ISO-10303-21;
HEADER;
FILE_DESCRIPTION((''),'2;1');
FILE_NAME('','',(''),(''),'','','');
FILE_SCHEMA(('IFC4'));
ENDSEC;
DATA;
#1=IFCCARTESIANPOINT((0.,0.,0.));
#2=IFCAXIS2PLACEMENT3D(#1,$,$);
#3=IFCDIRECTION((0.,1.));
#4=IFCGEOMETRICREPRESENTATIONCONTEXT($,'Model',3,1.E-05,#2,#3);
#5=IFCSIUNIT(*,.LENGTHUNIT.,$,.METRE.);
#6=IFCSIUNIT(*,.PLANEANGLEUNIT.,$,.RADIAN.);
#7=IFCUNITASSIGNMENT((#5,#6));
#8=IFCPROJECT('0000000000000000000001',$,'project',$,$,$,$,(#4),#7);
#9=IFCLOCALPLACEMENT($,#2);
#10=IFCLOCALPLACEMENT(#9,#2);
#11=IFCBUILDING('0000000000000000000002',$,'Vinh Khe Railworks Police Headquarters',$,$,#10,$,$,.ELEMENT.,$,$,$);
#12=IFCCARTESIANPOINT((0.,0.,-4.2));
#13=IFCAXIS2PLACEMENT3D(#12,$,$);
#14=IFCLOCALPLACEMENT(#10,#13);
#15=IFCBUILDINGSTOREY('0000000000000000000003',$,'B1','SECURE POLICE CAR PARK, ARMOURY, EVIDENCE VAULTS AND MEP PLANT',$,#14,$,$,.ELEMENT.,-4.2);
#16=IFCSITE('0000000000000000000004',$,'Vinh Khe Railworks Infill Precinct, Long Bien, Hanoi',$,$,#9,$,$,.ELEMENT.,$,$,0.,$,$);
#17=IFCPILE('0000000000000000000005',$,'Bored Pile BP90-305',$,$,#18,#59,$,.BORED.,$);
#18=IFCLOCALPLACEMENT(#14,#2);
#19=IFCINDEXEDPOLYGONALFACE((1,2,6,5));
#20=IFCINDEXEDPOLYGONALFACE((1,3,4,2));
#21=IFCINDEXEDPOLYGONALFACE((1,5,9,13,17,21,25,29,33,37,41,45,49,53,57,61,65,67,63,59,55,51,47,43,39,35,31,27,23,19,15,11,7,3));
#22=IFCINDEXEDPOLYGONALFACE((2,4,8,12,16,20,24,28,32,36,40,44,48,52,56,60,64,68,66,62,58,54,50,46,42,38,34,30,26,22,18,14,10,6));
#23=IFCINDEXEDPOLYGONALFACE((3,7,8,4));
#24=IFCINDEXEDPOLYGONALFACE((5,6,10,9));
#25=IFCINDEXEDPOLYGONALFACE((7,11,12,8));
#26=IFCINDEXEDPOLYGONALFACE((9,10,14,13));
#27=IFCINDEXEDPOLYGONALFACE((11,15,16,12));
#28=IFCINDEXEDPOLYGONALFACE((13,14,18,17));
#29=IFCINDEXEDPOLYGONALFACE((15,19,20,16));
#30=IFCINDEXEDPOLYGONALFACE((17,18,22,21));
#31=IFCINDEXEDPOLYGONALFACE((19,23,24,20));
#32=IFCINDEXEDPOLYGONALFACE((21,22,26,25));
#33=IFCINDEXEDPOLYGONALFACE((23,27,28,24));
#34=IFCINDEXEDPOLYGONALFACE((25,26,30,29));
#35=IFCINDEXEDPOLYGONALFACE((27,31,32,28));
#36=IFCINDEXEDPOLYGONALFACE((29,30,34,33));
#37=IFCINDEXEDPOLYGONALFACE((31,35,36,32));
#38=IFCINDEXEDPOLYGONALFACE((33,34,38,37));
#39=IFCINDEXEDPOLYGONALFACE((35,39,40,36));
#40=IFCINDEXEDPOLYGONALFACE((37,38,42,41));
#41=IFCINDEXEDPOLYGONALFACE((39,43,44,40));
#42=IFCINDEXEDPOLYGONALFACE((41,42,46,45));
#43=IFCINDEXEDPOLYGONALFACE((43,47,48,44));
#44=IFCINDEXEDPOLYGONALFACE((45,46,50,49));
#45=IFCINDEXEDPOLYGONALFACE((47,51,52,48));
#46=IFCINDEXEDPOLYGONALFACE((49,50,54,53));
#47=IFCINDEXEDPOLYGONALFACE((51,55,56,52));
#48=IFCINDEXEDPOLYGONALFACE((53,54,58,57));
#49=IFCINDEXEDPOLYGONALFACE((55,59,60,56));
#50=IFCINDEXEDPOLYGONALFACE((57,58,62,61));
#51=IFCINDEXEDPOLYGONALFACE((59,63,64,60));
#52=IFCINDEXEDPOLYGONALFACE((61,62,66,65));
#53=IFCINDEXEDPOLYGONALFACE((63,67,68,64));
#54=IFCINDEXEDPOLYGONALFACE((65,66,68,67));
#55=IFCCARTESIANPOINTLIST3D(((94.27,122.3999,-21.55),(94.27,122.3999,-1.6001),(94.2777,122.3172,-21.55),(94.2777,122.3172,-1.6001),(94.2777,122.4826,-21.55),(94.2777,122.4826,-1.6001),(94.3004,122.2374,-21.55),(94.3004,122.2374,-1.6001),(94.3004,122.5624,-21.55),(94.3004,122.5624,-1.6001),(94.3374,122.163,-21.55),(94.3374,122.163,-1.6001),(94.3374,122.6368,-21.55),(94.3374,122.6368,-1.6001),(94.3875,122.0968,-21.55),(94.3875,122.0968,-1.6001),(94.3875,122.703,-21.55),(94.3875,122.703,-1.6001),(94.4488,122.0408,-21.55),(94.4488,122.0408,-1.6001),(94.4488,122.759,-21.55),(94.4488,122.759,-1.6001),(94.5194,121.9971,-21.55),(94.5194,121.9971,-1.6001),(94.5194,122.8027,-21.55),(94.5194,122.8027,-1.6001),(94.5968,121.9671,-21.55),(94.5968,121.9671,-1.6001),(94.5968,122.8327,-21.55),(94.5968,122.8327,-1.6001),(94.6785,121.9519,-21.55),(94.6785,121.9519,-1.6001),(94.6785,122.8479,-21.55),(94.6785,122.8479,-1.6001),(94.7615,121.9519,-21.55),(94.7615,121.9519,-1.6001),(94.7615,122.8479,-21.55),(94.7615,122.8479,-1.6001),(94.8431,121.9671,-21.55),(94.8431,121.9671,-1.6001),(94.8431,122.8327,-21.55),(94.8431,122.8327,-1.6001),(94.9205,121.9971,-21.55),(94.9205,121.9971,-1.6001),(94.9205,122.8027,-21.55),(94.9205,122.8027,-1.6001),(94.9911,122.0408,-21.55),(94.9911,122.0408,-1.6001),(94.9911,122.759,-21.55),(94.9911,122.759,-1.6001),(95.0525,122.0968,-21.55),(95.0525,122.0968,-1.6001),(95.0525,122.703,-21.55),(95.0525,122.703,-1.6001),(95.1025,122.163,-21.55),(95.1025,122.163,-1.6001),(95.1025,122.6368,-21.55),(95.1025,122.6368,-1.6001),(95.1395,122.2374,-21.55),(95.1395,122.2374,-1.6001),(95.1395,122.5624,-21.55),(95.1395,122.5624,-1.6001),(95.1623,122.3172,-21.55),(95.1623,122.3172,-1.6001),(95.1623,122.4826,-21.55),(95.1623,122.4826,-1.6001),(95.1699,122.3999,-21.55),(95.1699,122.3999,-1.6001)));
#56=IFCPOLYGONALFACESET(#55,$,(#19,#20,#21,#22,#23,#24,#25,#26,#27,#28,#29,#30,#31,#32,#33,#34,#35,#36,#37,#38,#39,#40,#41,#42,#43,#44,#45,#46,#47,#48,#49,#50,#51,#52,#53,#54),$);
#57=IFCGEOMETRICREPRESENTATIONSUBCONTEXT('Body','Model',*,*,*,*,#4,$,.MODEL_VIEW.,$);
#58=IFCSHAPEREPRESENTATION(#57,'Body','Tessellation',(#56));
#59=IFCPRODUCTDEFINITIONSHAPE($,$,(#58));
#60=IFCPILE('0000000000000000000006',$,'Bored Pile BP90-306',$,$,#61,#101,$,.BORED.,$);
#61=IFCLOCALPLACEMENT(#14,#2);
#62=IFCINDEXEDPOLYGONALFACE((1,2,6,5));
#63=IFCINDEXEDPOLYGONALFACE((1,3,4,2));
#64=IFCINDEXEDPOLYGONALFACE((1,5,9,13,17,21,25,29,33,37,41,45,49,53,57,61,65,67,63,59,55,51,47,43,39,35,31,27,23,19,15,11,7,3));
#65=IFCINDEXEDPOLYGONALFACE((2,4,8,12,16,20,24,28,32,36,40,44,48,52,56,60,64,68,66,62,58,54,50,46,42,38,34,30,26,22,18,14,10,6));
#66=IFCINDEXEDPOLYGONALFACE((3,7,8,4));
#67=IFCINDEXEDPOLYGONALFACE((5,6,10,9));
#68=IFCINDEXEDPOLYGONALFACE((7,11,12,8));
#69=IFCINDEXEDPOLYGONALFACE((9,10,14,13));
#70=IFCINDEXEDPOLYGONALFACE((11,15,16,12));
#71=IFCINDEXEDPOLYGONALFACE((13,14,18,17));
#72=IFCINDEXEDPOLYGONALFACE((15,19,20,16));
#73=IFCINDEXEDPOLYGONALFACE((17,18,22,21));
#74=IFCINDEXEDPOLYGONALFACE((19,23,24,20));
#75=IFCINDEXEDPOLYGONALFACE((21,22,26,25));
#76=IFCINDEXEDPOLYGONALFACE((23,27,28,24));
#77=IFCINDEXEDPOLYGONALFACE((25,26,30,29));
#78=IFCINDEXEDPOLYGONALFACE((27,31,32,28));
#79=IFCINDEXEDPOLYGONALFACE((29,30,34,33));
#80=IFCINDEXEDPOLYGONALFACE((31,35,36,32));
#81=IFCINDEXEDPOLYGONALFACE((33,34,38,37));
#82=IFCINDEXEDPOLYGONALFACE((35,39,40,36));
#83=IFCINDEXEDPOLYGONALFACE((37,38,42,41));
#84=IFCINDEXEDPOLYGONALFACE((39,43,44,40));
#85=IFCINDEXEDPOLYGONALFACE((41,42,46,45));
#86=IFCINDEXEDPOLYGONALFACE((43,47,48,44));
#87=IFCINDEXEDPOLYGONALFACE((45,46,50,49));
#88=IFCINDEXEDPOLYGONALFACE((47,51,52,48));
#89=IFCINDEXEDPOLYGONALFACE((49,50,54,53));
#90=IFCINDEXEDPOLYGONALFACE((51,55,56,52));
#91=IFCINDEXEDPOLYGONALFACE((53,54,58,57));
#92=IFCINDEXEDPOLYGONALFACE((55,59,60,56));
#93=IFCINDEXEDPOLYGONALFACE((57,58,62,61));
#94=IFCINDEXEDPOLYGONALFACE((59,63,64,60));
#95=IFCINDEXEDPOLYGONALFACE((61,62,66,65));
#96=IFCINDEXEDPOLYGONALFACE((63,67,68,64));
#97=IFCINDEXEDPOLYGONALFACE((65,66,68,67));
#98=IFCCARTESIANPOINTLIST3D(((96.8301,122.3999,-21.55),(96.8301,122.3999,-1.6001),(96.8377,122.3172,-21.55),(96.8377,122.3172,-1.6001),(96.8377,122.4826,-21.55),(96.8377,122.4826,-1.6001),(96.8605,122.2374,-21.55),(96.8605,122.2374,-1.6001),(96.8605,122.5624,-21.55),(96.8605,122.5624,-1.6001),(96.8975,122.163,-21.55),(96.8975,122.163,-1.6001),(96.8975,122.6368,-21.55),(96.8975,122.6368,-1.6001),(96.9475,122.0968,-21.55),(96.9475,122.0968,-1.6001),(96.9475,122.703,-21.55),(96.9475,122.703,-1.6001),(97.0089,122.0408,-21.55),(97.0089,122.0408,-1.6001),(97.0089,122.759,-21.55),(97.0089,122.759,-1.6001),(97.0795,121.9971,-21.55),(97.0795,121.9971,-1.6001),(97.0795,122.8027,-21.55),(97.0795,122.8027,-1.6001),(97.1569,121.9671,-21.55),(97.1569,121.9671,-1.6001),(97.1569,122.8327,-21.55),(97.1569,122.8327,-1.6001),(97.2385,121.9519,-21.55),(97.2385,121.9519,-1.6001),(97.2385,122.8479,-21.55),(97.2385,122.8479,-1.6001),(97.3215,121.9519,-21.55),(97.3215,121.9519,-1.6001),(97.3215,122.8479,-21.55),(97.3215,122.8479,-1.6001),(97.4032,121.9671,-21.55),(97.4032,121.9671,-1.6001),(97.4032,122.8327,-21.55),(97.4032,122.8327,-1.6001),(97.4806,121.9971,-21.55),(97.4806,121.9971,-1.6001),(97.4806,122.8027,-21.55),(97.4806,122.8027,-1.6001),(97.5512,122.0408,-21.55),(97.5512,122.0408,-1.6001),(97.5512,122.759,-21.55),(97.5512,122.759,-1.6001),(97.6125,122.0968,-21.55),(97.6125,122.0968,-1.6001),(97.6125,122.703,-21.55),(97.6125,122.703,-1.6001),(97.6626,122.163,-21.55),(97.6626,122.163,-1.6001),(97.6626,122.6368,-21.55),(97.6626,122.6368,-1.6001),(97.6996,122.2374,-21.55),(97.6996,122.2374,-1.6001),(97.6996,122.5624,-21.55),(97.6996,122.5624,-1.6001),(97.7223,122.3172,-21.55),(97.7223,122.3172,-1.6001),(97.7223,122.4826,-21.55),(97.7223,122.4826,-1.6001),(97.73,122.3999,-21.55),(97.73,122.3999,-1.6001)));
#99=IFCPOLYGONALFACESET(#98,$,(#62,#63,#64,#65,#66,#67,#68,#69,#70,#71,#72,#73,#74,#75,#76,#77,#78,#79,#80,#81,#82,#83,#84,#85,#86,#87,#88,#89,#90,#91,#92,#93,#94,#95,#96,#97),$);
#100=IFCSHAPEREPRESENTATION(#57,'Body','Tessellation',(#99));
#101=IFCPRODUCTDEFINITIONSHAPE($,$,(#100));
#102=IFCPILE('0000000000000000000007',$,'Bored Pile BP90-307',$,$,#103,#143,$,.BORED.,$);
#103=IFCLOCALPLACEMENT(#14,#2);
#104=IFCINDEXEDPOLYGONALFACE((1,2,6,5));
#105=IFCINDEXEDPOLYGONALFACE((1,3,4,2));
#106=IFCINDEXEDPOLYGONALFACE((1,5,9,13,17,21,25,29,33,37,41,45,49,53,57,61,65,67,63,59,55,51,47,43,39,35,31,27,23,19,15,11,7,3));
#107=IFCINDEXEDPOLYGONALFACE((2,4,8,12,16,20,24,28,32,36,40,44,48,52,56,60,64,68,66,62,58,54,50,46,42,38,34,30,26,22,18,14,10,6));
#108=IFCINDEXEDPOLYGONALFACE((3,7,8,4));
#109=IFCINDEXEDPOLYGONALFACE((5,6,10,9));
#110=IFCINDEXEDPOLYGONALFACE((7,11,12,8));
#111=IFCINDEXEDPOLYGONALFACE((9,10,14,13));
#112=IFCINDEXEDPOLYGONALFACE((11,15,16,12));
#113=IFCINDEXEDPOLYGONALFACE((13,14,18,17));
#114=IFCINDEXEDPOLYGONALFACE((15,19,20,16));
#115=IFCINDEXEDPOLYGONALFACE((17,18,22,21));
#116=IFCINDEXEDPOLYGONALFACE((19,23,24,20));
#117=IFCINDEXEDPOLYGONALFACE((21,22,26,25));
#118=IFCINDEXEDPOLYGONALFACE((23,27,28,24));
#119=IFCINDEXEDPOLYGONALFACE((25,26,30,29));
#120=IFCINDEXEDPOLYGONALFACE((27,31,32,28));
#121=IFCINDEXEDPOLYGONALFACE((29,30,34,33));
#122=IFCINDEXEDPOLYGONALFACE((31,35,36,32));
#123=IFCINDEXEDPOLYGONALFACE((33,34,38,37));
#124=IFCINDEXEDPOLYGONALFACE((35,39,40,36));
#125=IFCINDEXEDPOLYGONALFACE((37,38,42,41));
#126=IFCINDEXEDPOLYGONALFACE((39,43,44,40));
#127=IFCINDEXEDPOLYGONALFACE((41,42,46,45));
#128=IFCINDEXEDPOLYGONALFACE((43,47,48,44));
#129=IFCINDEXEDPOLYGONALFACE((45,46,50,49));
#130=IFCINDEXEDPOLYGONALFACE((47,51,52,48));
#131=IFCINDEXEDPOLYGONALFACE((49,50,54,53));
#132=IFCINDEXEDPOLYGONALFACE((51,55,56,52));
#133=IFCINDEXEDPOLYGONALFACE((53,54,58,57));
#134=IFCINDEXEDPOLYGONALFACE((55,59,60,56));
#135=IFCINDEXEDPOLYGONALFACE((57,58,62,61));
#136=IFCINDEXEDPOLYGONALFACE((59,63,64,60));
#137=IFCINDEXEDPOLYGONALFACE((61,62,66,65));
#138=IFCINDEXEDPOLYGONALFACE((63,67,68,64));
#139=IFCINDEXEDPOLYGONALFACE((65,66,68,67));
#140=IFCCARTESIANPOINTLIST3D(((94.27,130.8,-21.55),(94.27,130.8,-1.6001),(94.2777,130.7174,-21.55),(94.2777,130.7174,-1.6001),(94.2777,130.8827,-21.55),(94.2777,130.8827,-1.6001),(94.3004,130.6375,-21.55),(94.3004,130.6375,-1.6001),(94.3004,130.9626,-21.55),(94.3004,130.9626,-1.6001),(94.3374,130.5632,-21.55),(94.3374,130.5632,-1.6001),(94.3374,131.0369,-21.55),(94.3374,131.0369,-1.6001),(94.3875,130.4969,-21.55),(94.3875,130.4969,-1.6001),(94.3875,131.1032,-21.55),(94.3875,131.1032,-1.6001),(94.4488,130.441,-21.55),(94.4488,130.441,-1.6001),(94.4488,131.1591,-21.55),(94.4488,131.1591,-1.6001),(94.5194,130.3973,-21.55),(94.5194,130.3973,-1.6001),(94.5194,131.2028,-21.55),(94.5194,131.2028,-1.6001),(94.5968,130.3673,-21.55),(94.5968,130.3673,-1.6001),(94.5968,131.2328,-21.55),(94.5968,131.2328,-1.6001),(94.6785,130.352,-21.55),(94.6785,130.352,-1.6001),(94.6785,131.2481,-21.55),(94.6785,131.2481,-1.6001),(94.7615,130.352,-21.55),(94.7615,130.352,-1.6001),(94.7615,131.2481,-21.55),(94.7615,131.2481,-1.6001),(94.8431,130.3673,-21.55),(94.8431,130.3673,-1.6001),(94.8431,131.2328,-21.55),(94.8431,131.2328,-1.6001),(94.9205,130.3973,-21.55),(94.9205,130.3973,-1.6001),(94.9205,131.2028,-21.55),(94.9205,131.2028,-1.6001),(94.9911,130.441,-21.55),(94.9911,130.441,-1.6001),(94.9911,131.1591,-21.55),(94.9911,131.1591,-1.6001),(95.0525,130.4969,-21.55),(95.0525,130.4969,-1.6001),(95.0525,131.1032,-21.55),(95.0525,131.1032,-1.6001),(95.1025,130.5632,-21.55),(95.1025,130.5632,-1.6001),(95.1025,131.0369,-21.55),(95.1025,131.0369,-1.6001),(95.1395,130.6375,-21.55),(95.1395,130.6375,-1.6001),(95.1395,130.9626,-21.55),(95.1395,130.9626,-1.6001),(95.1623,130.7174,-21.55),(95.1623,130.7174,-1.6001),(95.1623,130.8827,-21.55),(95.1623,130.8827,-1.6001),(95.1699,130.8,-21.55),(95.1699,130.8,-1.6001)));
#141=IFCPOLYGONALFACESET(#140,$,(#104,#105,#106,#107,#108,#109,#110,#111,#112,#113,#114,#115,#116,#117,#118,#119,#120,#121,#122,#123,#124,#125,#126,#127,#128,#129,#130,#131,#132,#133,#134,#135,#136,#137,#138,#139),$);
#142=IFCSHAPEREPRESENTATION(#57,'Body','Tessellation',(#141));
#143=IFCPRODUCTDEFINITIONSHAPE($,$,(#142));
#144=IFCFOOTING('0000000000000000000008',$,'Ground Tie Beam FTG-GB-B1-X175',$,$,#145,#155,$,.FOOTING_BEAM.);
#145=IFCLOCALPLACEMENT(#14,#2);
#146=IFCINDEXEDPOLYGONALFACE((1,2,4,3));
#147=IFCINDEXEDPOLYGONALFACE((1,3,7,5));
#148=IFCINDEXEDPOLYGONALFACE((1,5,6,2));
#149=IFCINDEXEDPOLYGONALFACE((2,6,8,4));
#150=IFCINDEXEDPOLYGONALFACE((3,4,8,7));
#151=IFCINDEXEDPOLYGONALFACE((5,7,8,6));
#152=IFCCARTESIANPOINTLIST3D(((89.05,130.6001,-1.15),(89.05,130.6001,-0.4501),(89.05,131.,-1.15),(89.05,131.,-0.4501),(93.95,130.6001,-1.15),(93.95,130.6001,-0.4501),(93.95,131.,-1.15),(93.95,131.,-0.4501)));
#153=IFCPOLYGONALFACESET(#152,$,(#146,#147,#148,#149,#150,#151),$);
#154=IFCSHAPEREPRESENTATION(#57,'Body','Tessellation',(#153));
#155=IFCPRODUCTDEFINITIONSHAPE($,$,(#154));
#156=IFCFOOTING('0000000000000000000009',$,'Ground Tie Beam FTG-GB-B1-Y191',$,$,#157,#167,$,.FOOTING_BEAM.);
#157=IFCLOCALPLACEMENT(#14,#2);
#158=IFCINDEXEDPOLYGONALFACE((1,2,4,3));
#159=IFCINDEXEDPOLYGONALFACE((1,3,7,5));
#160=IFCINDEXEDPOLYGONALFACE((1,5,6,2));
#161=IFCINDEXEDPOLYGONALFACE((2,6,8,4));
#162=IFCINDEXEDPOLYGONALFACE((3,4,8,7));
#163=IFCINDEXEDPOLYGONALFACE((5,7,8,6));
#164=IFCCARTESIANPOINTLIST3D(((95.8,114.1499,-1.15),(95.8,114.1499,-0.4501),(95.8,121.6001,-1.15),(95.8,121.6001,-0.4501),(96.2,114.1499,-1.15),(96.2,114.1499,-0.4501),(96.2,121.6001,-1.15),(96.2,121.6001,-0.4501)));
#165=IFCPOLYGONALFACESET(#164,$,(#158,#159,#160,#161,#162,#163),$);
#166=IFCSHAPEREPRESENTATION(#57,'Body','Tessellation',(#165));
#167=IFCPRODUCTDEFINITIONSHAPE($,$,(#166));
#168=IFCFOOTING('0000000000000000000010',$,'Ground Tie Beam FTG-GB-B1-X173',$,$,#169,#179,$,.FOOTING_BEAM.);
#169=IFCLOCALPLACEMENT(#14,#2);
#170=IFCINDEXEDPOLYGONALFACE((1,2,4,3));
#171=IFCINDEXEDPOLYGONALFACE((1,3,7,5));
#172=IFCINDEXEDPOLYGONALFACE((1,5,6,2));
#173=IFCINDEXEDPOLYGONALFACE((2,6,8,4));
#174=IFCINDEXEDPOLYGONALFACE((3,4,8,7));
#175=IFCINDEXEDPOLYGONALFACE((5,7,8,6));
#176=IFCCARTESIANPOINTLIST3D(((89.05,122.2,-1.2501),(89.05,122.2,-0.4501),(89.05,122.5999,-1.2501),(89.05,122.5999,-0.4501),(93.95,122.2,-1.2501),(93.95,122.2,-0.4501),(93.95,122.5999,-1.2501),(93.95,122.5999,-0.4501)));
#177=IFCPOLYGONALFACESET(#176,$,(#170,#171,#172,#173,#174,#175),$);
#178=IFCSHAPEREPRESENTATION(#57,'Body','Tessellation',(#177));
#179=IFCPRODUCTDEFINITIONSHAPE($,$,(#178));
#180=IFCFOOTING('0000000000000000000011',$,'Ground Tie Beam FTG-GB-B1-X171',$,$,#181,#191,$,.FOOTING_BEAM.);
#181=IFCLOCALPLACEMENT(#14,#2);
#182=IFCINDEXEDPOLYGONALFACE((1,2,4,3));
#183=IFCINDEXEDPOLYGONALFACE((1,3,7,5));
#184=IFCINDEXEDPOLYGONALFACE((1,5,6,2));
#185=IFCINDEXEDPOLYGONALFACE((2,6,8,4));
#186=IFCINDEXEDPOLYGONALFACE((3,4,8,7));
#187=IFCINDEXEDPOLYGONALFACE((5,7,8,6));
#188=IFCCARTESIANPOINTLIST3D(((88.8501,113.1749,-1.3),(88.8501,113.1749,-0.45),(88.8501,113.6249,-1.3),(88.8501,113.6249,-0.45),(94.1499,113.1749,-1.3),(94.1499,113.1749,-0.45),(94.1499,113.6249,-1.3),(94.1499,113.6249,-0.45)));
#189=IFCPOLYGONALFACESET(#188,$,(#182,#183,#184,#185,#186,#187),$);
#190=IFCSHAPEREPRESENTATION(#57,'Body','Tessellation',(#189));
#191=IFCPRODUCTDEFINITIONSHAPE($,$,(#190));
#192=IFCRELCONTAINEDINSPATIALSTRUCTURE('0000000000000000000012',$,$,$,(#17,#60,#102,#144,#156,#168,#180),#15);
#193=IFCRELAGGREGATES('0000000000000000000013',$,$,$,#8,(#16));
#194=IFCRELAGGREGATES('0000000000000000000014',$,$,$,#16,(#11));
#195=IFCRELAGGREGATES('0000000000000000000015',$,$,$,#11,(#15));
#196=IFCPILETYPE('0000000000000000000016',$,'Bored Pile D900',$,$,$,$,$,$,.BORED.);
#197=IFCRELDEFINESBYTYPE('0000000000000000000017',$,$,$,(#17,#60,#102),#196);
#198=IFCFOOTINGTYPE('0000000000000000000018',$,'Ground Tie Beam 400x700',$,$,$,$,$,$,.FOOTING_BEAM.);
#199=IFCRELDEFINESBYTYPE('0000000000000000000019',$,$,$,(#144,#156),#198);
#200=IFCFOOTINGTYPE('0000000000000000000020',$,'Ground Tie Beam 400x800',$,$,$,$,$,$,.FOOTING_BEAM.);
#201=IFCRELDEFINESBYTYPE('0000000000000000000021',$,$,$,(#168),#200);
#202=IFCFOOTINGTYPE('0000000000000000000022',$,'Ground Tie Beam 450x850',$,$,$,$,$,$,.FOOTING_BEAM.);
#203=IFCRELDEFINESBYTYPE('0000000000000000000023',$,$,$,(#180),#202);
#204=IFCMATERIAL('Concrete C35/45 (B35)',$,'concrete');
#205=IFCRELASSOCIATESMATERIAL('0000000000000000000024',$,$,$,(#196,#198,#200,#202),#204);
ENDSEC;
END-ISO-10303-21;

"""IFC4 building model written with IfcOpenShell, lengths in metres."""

from ifc_helpers import new_model, si_unit, direction, frame, origin, origin_2d, place, context, subcontext, project, spatial, rectangle, circle, extrude, material, material_profile, profile_set, type_object, element, save


model = new_model("IFC4")

# Units and contexts
model_context = context("Model", 3, precision=1e-05, world=origin(), true_north=direction((0.0, 1.0)))
body_context = subcontext(model_context, "Body", "Model", "MODEL_VIEW")
ifc_project = project(units=[si_unit("LENGTHUNIT", "METRE"), si_unit("PLANEANGLEUNIT", "RADIAN")], contexts=[model_context])

# Site, building, storey
site_placement = place(None, origin())
site = spatial("IfcSite", under=ifc_project, at=site_placement, Name="Vinh Khe Railworks Infill Precinct, Long Bien, Hanoi", CompositionType="ELEMENT", RefElevation=0.0)
building_placement = place(site_placement, origin())
building = spatial("IfcBuilding", under=site, at=building_placement, Name="Vinh Khe Railworks Police Headquarters", CompositionType="ELEMENT")
storey_placement = place(building_placement, frame((0.0, 0.0, -4.2)))
storey = spatial("IfcBuildingStorey", under=building, at=storey_placement, Name="B1", Description="SECURE POLICE CAR PARK, ARMOURY, EVIDENCE VAULTS AND MEP PLANT", CompositionType="ELEMENT", Elevation=-4.2)

# Piles
ifc_material_1 = material(Name="Concrete C35/45 (B35)", Category="concrete")
ifc_material_profile_1 = material_profile(ifc_material_1, circle(Radius=0.45, at=origin_2d()), Name="BORED PILE D900")
ifc_profile_set_1 = profile_set([ifc_material_profile_1], Name="Concrete C35/45 (B35)")
pile_type_1 = type_object("IfcPileType", Name="Bored Pile D900", PredefinedType="BORED", material=ifc_profile_set_1)
for number, where, z_axis, x_axis, name in (
    (1, (94.72, 122.3999, -1.6001), (0.0, 0.0, -1.0), (1.0, 0.0, 0.0), "Bored Pile BP90-305"),
    (2, (97.28, 122.3999, -1.6001), (0.0, 0.0, -1.0), (1.0, 0.0, 0.0), "Bored Pile BP90-306"),
    (3, (94.72, 130.8, -1.6001), (0.0, 0.0, -1.0), (1.0, 0.0, 0.0), "Bored Pile BP90-307"),
):
    element("IfcPile", number, at=place(storey_placement, frame(where, z_axis=z_axis, x_axis=x_axis)), inside=storey, type_object=pile_type_1, Name=name, PredefinedType="BORED", context=body_context, shape_type="SweptSolid", body=[
        extrude(circle(Radius=0.45, at=origin_2d()), origin(), (0.0, 0.0, 1.0), 19.95),
    ])

# Footings
ifc_material_profile_2 = material_profile(ifc_material_1, rectangle(XDim=0.3999, YDim=0.7, at=origin_2d()), Name="RC 400x700")
ifc_profile_set_2 = profile_set([ifc_material_profile_2], Name="Concrete C35/45 (B35)")
footing_type_1 = type_object("IfcFootingType", Name="Ground Tie Beam 400x700", PredefinedType="FOOTING_BEAM", material=ifc_profile_set_2)
footing_1_placement = place(storey_placement, frame((89.05, 130.8, -0.8), z_axis=(1.0, 0.0, 0.0), x_axis=(0.0, 1.0, 0.0)))
element("IfcFooting", 4, at=footing_1_placement, inside=storey, type_object=footing_type_1, Name="Ground Tie Beam FTG-GB-B1-X175", PredefinedType="FOOTING_BEAM", context=body_context, shape_type="SweptSolid", body=[
    extrude(rectangle(XDim=0.3999, YDim=0.7, at=origin_2d()), origin(), (0.0, 0.0, 1.0), 4.8999),
])
footing_2_placement = place(storey_placement, frame((96.0, 114.1499, -0.8), z_axis=(0.0, 1.0, 0.0), x_axis=(-1.0, 0.0, 0.0)))
element("IfcFooting", 5, at=footing_2_placement, inside=storey, type_object=footing_type_1, Name="Ground Tie Beam FTG-GB-B1-Y191", PredefinedType="FOOTING_BEAM", context=body_context, shape_type="SweptSolid", body=[
    extrude(rectangle(XDim=0.3999, YDim=0.7, at=origin_2d()), origin(), (0.0, 0.0, 1.0), 7.4502),
])
ifc_material_profile_3 = material_profile(ifc_material_1, rectangle(XDim=0.3999, YDim=0.8, at=origin_2d()), Name="RC 400x800")
ifc_profile_set_3 = profile_set([ifc_material_profile_3], Name="Concrete C35/45 (B35)")
footing_type_2 = type_object("IfcFootingType", Name="Ground Tie Beam 400x800", PredefinedType="FOOTING_BEAM", material=ifc_profile_set_3)
footing_3_placement = place(storey_placement, frame((89.05, 122.3999, -0.8501), z_axis=(1.0, 0.0, 0.0), x_axis=(0.0, 1.0, 0.0)))
element("IfcFooting", 6, at=footing_3_placement, inside=storey, type_object=footing_type_2, Name="Ground Tie Beam FTG-GB-B1-X173", PredefinedType="FOOTING_BEAM", context=body_context, shape_type="SweptSolid", body=[
    extrude(rectangle(XDim=0.3999, YDim=0.8, at=origin_2d()), origin(), (0.0, 0.0, 1.0), 4.8999),
])
ifc_material_profile_4 = material_profile(ifc_material_1, rectangle(XDim=0.45, YDim=0.8501, at=origin_2d()), Name="RC 450x850")
ifc_profile_set_4 = profile_set([ifc_material_profile_4], Name="Concrete C35/45 (B35)")
footing_type_3 = type_object("IfcFootingType", Name="Ground Tie Beam 450x850", PredefinedType="FOOTING_BEAM", material=ifc_profile_set_4)
footing_4_placement = place(storey_placement, frame((88.8501, 113.3999, -0.875), z_axis=(1.0, 0.0, 0.0), x_axis=(0.0, 1.0, 0.0)))
element("IfcFooting", 7, at=footing_4_placement, inside=storey, type_object=footing_type_3, Name="Ground Tie Beam FTG-GB-B1-X171", PredefinedType="FOOTING_BEAM", context=body_context, shape_type="SweptSolid", body=[
    extrude(rectangle(XDim=0.45, YDim=0.8501, at=origin_2d()), origin(), (0.0, 0.0, 1.0), 5.2998),
])

save(model, "model.ifc")
